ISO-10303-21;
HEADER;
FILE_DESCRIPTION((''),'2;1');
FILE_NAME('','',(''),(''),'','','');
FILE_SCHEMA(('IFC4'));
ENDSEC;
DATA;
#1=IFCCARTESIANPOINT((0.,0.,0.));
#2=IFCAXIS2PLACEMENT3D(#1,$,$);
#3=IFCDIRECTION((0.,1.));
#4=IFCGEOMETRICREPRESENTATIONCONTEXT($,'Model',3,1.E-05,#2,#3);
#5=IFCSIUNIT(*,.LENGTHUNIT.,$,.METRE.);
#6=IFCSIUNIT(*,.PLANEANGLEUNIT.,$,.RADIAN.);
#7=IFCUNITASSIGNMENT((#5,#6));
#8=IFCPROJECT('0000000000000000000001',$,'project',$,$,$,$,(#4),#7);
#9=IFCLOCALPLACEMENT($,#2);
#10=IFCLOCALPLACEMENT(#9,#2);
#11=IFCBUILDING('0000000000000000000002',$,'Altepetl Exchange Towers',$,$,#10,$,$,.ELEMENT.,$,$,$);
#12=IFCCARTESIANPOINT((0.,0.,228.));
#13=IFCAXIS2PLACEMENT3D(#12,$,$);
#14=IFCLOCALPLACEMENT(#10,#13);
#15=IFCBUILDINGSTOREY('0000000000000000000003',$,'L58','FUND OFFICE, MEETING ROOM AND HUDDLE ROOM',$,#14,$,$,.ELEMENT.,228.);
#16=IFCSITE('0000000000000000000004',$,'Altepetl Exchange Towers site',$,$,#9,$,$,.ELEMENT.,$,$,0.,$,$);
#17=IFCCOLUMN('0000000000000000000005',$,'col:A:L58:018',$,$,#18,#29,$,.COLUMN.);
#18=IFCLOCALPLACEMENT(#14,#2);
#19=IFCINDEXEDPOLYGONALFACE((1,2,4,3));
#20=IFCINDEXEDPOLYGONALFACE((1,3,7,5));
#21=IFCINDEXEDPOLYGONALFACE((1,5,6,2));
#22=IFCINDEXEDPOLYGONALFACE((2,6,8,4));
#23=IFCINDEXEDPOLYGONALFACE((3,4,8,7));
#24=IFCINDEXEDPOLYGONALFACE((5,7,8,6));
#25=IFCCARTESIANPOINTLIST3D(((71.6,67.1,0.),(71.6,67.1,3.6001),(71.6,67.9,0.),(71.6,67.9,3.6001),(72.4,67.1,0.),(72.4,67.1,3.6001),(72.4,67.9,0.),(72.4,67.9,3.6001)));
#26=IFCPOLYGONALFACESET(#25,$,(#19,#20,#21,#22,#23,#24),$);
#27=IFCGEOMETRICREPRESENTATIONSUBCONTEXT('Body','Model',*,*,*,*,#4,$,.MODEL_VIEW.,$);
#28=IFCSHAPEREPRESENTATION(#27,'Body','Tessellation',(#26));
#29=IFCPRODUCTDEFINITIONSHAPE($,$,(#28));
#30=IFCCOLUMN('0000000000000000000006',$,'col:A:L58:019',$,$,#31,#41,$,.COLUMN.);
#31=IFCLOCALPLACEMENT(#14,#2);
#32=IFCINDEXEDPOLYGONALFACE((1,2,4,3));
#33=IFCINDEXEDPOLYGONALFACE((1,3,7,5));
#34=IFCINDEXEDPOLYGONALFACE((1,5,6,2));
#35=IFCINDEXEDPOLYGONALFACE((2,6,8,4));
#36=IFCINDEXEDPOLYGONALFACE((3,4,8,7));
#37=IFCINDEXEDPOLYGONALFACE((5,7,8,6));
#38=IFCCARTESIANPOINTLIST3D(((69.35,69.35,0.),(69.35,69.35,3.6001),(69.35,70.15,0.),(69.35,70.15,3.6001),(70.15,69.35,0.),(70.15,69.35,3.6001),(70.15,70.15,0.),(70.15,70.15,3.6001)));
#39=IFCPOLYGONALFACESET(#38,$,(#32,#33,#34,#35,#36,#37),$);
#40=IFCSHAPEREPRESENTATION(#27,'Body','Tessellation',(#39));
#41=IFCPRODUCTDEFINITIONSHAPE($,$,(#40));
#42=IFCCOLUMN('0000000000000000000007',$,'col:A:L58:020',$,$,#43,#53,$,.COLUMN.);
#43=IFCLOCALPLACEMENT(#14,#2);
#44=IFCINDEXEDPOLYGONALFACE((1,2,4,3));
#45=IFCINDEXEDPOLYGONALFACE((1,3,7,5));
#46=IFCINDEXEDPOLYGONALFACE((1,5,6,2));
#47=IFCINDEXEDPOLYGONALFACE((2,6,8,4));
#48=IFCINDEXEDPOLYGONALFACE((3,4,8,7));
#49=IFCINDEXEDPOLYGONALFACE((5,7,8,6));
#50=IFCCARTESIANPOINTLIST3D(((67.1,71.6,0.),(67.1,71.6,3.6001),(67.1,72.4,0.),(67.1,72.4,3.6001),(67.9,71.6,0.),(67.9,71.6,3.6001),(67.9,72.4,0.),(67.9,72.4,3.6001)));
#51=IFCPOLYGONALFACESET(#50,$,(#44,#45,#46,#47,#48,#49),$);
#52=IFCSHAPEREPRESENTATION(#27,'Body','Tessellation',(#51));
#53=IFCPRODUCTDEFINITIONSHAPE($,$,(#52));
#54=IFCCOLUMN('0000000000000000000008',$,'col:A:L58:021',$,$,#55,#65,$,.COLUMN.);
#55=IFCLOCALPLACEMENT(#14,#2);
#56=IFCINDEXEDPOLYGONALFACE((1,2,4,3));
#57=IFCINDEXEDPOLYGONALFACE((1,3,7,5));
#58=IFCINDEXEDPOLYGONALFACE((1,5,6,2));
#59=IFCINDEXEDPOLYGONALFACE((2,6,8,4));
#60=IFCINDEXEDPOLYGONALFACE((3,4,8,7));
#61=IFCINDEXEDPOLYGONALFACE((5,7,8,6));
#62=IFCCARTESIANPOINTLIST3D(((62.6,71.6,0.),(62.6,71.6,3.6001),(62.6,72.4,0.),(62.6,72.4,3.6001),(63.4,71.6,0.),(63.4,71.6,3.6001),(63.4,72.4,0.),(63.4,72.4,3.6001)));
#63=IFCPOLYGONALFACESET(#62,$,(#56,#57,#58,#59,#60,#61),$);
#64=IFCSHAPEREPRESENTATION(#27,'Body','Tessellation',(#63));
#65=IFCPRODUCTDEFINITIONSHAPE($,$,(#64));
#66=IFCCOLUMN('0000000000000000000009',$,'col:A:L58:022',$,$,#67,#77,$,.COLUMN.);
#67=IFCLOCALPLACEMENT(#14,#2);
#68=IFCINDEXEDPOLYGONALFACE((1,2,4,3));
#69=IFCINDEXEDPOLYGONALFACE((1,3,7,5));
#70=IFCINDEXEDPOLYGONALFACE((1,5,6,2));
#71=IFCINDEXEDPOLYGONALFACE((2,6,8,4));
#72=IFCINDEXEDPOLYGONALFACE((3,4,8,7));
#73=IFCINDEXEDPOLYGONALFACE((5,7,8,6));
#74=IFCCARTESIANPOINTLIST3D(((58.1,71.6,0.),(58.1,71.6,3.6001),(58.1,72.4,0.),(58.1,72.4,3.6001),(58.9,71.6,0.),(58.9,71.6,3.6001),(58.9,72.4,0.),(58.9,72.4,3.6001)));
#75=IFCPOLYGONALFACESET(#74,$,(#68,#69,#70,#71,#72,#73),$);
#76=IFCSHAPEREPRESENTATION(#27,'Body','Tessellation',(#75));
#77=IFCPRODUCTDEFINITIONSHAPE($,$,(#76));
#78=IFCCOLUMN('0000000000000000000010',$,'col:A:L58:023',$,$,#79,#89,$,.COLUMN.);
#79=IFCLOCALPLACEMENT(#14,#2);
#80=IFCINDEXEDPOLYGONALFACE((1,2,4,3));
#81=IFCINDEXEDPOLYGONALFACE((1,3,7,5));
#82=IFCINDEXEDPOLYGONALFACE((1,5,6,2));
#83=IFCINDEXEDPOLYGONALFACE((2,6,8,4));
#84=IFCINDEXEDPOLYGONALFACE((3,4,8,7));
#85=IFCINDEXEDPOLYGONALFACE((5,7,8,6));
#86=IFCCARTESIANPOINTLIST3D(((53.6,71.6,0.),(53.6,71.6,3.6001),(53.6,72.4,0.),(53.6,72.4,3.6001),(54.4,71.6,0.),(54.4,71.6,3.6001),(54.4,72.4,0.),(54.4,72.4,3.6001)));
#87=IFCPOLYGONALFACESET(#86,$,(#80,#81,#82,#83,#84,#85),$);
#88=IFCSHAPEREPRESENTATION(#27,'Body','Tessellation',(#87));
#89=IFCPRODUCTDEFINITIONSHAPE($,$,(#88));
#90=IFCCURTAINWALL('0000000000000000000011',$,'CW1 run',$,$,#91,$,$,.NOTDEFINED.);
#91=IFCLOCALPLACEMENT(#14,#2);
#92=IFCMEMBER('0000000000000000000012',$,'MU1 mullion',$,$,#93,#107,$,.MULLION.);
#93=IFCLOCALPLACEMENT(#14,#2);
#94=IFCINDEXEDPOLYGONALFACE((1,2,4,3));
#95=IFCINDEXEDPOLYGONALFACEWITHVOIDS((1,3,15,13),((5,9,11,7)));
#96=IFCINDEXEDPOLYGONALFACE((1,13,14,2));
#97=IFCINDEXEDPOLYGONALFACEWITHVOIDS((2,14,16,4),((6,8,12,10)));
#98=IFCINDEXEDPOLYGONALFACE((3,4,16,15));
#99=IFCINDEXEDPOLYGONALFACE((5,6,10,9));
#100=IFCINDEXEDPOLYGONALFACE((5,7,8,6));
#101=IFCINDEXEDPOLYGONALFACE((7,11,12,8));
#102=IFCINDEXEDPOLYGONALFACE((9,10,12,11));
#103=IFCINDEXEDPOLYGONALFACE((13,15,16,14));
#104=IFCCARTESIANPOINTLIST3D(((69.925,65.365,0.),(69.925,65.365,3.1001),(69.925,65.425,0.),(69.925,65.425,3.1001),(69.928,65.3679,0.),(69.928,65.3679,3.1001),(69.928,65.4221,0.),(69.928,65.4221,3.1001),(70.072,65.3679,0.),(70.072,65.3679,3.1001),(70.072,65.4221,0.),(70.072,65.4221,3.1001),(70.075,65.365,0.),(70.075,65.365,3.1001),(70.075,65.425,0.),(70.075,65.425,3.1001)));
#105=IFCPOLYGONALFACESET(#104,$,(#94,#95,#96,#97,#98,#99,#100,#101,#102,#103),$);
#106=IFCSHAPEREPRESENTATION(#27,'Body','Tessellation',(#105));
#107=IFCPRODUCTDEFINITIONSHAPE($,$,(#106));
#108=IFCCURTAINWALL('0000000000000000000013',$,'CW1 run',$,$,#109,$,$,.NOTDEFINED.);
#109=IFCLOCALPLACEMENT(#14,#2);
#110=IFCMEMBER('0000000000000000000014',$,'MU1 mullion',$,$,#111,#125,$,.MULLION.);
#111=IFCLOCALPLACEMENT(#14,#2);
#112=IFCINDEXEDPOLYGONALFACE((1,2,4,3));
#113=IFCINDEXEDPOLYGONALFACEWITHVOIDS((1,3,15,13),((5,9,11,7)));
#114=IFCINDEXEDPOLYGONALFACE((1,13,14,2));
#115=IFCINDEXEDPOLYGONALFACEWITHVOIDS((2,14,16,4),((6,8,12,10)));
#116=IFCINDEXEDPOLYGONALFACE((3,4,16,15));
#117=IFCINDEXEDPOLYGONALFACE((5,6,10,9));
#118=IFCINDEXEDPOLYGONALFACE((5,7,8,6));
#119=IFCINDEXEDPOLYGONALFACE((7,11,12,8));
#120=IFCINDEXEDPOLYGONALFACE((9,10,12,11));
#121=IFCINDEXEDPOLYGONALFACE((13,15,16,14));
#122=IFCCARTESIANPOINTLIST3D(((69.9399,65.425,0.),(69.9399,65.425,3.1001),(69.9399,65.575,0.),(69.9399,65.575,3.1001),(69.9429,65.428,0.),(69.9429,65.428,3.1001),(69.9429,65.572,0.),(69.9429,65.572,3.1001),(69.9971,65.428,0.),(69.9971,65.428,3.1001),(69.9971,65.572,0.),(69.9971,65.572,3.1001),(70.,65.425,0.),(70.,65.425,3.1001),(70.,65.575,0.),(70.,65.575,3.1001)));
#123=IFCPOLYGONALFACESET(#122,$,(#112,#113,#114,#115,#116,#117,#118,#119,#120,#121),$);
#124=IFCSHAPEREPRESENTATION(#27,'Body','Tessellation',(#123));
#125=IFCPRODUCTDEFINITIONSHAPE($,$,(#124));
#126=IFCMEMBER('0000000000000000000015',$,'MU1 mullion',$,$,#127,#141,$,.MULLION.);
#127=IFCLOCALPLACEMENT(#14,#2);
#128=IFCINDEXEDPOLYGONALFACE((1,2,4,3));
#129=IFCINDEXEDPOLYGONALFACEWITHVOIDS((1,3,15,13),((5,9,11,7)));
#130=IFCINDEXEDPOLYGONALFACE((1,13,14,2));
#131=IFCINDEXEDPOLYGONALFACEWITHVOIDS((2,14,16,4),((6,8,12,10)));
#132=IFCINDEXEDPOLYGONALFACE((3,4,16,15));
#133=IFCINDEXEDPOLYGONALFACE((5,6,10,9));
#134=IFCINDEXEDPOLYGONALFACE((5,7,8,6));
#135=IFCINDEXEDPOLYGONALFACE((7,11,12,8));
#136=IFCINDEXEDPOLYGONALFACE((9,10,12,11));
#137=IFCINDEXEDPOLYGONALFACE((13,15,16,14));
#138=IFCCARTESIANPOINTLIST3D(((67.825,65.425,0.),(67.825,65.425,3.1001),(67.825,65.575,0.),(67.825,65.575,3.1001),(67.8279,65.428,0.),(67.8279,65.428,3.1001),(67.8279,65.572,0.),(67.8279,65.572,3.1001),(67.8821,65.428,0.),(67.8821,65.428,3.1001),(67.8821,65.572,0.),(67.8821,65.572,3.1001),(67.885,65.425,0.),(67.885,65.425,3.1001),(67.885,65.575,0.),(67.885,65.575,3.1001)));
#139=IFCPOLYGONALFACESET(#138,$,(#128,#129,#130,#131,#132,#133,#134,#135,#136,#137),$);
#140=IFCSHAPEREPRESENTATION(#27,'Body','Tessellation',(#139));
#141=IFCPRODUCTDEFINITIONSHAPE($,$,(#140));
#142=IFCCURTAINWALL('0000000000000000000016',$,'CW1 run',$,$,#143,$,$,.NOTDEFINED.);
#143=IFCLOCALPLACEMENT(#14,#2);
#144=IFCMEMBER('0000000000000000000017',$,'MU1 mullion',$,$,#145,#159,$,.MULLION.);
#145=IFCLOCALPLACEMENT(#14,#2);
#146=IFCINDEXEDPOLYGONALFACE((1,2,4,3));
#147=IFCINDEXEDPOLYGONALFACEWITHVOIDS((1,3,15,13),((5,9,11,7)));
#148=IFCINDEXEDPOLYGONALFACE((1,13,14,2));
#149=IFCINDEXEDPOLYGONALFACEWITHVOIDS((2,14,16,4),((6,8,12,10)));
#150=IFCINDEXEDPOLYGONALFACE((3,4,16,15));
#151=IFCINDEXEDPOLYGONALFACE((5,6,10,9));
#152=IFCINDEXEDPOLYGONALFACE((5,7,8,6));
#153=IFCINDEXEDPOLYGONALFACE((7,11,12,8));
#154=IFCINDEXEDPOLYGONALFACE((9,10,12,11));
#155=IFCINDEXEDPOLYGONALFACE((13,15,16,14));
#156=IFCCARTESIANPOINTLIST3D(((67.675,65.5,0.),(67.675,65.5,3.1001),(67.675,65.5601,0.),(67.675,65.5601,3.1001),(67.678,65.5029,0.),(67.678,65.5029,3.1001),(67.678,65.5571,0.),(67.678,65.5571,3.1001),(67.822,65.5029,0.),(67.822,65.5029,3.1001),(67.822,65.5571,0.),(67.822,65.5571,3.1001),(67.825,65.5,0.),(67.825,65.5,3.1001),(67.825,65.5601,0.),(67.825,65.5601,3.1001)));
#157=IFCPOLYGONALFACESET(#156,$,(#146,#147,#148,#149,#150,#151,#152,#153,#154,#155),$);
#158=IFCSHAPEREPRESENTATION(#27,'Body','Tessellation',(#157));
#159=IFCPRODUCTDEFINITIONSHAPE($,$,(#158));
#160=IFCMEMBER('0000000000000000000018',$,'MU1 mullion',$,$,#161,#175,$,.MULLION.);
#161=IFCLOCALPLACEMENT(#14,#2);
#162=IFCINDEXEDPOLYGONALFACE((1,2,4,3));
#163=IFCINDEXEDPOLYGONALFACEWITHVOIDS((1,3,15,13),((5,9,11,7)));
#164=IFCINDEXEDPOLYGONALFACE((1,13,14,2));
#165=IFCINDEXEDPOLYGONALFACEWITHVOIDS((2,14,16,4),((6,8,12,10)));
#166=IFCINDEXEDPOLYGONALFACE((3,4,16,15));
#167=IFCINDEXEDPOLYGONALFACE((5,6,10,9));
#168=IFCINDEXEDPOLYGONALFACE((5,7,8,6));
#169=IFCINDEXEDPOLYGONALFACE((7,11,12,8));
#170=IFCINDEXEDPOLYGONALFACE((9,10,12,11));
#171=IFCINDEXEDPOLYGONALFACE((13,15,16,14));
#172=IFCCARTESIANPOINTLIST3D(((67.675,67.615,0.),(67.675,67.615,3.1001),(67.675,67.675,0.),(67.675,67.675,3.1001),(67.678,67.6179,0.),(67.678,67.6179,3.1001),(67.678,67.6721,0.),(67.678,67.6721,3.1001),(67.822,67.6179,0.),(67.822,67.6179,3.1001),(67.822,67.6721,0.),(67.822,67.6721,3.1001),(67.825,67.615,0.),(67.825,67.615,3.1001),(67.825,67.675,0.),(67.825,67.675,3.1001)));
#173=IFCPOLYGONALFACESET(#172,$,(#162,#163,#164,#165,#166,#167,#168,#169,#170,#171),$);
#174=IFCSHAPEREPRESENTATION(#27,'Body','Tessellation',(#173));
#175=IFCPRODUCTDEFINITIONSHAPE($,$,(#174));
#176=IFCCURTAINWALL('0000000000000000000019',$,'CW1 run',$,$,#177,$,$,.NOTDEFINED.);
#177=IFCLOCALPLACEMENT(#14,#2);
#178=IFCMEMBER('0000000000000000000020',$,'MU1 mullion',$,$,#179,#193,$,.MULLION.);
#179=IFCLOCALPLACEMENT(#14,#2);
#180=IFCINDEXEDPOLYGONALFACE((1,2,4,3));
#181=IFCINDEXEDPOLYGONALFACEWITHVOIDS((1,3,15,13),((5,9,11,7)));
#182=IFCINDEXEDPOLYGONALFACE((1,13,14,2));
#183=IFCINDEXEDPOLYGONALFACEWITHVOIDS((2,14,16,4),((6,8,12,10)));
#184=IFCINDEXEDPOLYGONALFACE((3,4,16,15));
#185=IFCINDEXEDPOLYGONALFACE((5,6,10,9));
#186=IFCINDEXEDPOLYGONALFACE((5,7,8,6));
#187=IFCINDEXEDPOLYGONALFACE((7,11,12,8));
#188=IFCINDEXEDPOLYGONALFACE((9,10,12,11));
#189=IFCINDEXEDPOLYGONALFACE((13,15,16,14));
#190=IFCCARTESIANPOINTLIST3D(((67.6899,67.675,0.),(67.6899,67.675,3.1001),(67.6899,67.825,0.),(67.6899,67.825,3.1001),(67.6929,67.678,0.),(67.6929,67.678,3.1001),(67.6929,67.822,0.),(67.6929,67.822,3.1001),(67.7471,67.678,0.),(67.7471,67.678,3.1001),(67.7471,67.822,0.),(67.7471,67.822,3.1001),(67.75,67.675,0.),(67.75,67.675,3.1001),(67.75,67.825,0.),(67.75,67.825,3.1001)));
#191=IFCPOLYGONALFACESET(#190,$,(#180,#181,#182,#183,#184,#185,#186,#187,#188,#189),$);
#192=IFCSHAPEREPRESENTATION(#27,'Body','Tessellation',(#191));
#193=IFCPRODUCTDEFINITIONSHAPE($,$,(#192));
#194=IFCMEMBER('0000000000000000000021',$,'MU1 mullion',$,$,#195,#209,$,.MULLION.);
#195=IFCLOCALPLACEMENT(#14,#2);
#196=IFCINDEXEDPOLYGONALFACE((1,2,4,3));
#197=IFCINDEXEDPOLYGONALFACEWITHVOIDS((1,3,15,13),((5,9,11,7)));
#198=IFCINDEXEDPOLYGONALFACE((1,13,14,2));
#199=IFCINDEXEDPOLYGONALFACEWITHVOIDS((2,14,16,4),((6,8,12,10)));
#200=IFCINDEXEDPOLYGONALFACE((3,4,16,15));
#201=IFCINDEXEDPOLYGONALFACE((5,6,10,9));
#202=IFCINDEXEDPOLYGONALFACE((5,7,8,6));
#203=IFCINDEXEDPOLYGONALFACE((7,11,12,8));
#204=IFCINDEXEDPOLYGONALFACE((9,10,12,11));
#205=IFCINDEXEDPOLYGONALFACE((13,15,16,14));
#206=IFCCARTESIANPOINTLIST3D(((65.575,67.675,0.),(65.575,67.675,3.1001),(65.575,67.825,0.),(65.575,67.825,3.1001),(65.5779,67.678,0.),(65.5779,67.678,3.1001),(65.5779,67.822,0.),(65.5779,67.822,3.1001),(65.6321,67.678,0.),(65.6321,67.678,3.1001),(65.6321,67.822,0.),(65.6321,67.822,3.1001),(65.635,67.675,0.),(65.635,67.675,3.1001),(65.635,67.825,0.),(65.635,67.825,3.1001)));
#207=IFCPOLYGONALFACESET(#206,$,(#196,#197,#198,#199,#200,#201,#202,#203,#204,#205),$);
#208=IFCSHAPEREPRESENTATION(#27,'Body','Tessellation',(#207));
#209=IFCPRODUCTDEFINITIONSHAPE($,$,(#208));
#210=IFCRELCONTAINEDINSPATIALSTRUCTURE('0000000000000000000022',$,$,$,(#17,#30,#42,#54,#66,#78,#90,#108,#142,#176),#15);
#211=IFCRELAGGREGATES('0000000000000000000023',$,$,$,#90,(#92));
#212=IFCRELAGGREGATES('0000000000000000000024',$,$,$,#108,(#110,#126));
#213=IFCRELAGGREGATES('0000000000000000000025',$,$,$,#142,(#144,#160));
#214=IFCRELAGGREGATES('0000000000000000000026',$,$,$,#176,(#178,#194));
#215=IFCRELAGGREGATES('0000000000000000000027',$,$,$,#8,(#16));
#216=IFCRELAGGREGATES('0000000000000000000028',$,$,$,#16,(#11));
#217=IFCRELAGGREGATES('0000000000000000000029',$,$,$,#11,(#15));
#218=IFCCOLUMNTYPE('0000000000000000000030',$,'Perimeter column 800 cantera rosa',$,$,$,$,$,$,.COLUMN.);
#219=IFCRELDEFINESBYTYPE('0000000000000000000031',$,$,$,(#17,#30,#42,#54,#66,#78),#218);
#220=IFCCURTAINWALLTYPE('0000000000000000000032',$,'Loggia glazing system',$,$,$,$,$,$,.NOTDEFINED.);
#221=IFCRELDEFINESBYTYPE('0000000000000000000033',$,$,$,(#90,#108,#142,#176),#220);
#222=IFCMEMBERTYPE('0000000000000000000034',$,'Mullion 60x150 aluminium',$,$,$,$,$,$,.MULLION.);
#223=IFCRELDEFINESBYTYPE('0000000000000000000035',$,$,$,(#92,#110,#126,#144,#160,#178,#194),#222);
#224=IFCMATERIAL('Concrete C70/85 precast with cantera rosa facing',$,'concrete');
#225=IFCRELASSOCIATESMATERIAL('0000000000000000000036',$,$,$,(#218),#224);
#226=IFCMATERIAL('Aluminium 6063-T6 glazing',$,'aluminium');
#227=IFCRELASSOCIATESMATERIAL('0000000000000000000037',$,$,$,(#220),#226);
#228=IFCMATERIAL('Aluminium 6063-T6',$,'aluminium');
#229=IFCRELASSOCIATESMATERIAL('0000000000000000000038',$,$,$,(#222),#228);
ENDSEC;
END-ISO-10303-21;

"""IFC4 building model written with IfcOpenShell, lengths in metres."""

from ifc_helpers import new_model, si_unit, direction, frame, origin, origin_2d, place, context, subcontext, project, spatial, rectangle, hollow_rectangle, extrude, material, material_profile, profile_set, type_object, element, aggregate, save


model = new_model("IFC4")

# Units and contexts
model_context = context("Model", 3, precision=1e-05, world=origin(), true_north=direction((0.0, 1.0)))
body_context = subcontext(model_context, "Body", "Model", "MODEL_VIEW")
ifc_project = project(units=[si_unit("LENGTHUNIT", "METRE"), si_unit("PLANEANGLEUNIT", "RADIAN")], contexts=[model_context])

# Site, building, storey
site_placement = place(None, origin())
site = spatial("IfcSite", under=ifc_project, at=site_placement, Name="Altepetl Exchange Towers site", CompositionType="ELEMENT", RefElevation=0.0)
building_placement = place(site_placement, origin())
building = spatial("IfcBuilding", under=site, at=building_placement, Name="Altepetl Exchange Towers", CompositionType="ELEMENT")
storey_placement = place(building_placement, frame((0.0, 0.0, 228.0)))
storey = spatial("IfcBuildingStorey", under=building, at=storey_placement, Name="L58", Description="FUND OFFICE, MEETING ROOM AND HUDDLE ROOM", CompositionType="ELEMENT", Elevation=228.0)

# Columns
ifc_material_1 = material(Name="Concrete C70/85 precast with cantera rosa facing", Category="concrete")
ifc_material_profile_1 = material_profile(ifc_material_1, rectangle(XDim=0.8, YDim=0.8, at=origin_2d()), Name="800 x 800")
ifc_profile_set_1 = profile_set([ifc_material_profile_1], Name="Concrete C70/85 precast with cantera rosa facing")
column_type = type_object("IfcColumnType", Name="Perimeter column 800 cantera rosa", PredefinedType="COLUMN", material=ifc_profile_set_1)
for number, where, name in (
    (1, (72.0, 67.5, 0.0), "col:A:L58:018"),
    (2, (69.75, 69.75, 0.0), "col:A:L58:019"),
    (3, (67.5, 72.0, 0.0), "col:A:L58:020"),
    (4, (63.0, 72.0, 0.0), "col:A:L58:021"),
    (5, (58.5, 72.0, 0.0), "col:A:L58:022"),
    (6, (54.0, 72.0, 0.0), "col:A:L58:023"),
):
    element("IfcColumn", number, at=place(storey_placement, frame(where)), inside=storey, type_object=column_type, Name=name, PredefinedType="COLUMN", context=body_context, shape_type="SweptSolid", body=[
        extrude(rectangle(XDim=0.8, YDim=0.8, at=origin_2d()), origin(), (0.0, 0.0, 1.0), 3.6001),
    ])

# Curtain wall, member
ifc_material_2 = material(Name="Aluminium 6063-T6 glazing", Category="aluminium")
curtain_wall_type = type_object("IfcCurtainWallType", Name="Loggia glazing system", PredefinedType="NOTDEFINED", material=ifc_material_2)
curtain_wall_1_placement = place(storey_placement, origin())
curtain_wall_1 = element("IfcCurtainWall", 7, at=curtain_wall_1_placement, inside=storey, type_object=curtain_wall_type, Name="CW1 run", PredefinedType="NOTDEFINED")
ifc_material_3 = material(Name="Aluminium 6063-T6", Category="aluminium")
ifc_material_profile_2 = material_profile(ifc_material_3, hollow_rectangle(XDim=0.0601, YDim=0.1499, WallThickness=0.0029, at=origin_2d()), Name="Mullion 60x150 aluminium")
ifc_profile_set_2 = profile_set([ifc_material_profile_2], Name="Aluminium 6063-T6")
member_type = type_object("IfcMemberType", Name="Mullion 60x150 aluminium", PredefinedType="MULLION", material=ifc_profile_set_2)
member_1_placement = place(storey_placement, frame((70.0, 65.395, 0.0), z_axis=(0.0, 0.0, 1.0), x_axis=(0.0, 1.0, 0.0)))
member_1 = element("IfcMember", 8, at=member_1_placement, type_object=member_type, Name="MU1 mullion", PredefinedType="MULLION", context=body_context, shape_type="SweptSolid", body=[
    extrude(hollow_rectangle(XDim=0.0601, YDim=0.1499, WallThickness=0.0029, at=origin_2d()), origin(), (0.0, 0.0, 1.0), 3.1001),
])

# Curtain walls, members
curtain_wall_2_placement = place(storey_placement, origin())
curtain_wall_2 = element("IfcCurtainWall", 9, at=curtain_wall_2_placement, inside=storey, type_object=curtain_wall_type, Name="CW1 run", PredefinedType="NOTDEFINED")
member_2_placement = place(storey_placement, frame((69.97, 65.5, 0.0), z_axis=(0.0, 0.0, 1.0), x_axis=(-1.0, 0.0, 0.0)))
member_2 = element("IfcMember", 10, at=member_2_placement, type_object=member_type, Name="MU1 mullion", PredefinedType="MULLION", context=body_context, shape_type="SweptSolid", body=[
    extrude(hollow_rectangle(XDim=0.0601, YDim=0.1499, WallThickness=0.0029, at=origin_2d()), origin(), (0.0, 0.0, 1.0), 3.1001),
])
member_3_placement = place(storey_placement, frame((67.855, 65.5, 0.0), z_axis=(0.0, 0.0, 1.0), x_axis=(-1.0, 0.0, 0.0)))
member_3 = element("IfcMember", 11, at=member_3_placement, type_object=member_type, Name="MU1 mullion", PredefinedType="MULLION", context=body_context, shape_type="SweptSolid", body=[
    extrude(hollow_rectangle(XDim=0.0601, YDim=0.1499, WallThickness=0.0029, at=origin_2d()), origin(), (0.0, 0.0, 1.0), 3.1001),
])
curtain_wall_3_placement = place(storey_placement, origin())
curtain_wall_3 = element("IfcCurtainWall", 12, at=curtain_wall_3_placement, inside=storey, type_object=curtain_wall_type, Name="CW1 run", PredefinedType="NOTDEFINED")
member_4_placement = place(storey_placement, frame((67.75, 65.53, 0.0), z_axis=(0.0, 0.0, 1.0), x_axis=(0.0, 1.0, 0.0)))
member_4 = element("IfcMember", 13, at=member_4_placement, type_object=member_type, Name="MU1 mullion", PredefinedType="MULLION", context=body_context, shape_type="SweptSolid", body=[
    extrude(hollow_rectangle(XDim=0.0601, YDim=0.1499, WallThickness=0.0029, at=origin_2d()), origin(), (0.0, 0.0, 1.0), 3.1001),
])
member_5_placement = place(storey_placement, frame((67.75, 67.645, 0.0), z_axis=(0.0, 0.0, 1.0), x_axis=(0.0, 1.0, 0.0)))
member_5 = element("IfcMember", 14, at=member_5_placement, type_object=member_type, Name="MU1 mullion", PredefinedType="MULLION", context=body_context, shape_type="SweptSolid", body=[
    extrude(hollow_rectangle(XDim=0.0601, YDim=0.1499, WallThickness=0.0029, at=origin_2d()), origin(), (0.0, 0.0, 1.0), 3.1001),
])
curtain_wall_4_placement = place(storey_placement, origin())
curtain_wall_4 = element("IfcCurtainWall", 15, at=curtain_wall_4_placement, inside=storey, type_object=curtain_wall_type, Name="CW1 run", PredefinedType="NOTDEFINED")
member_6_placement = place(storey_placement, frame((67.72, 67.75, 0.0), z_axis=(0.0, 0.0, 1.0), x_axis=(-1.0, 0.0, 0.0)))
member_6 = element("IfcMember", 16, at=member_6_placement, type_object=member_type, Name="MU1 mullion", PredefinedType="MULLION", context=body_context, shape_type="SweptSolid", body=[
    extrude(hollow_rectangle(XDim=0.0601, YDim=0.1499, WallThickness=0.0029, at=origin_2d()), origin(), (0.0, 0.0, 1.0), 3.1001),
])
member_7_placement = place(storey_placement, frame((65.605, 67.75, 0.0), z_axis=(0.0, 0.0, 1.0), x_axis=(-1.0, 0.0, 0.0)))
member_7 = element("IfcMember", 17, at=member_7_placement, type_object=member_type, Name="MU1 mullion", PredefinedType="MULLION", context=body_context, shape_type="SweptSolid", body=[
    extrude(hollow_rectangle(XDim=0.0601, YDim=0.1499, WallThickness=0.0029, at=origin_2d()), origin(), (0.0, 0.0, 1.0), 3.1001),
])

aggregate(curtain_wall_1, [member_1])
aggregate(curtain_wall_2, [member_2, member_3])
aggregate(curtain_wall_3, [member_4, member_5])
aggregate(curtain_wall_4, [member_6, member_7])

save(model, "model.ifc")
